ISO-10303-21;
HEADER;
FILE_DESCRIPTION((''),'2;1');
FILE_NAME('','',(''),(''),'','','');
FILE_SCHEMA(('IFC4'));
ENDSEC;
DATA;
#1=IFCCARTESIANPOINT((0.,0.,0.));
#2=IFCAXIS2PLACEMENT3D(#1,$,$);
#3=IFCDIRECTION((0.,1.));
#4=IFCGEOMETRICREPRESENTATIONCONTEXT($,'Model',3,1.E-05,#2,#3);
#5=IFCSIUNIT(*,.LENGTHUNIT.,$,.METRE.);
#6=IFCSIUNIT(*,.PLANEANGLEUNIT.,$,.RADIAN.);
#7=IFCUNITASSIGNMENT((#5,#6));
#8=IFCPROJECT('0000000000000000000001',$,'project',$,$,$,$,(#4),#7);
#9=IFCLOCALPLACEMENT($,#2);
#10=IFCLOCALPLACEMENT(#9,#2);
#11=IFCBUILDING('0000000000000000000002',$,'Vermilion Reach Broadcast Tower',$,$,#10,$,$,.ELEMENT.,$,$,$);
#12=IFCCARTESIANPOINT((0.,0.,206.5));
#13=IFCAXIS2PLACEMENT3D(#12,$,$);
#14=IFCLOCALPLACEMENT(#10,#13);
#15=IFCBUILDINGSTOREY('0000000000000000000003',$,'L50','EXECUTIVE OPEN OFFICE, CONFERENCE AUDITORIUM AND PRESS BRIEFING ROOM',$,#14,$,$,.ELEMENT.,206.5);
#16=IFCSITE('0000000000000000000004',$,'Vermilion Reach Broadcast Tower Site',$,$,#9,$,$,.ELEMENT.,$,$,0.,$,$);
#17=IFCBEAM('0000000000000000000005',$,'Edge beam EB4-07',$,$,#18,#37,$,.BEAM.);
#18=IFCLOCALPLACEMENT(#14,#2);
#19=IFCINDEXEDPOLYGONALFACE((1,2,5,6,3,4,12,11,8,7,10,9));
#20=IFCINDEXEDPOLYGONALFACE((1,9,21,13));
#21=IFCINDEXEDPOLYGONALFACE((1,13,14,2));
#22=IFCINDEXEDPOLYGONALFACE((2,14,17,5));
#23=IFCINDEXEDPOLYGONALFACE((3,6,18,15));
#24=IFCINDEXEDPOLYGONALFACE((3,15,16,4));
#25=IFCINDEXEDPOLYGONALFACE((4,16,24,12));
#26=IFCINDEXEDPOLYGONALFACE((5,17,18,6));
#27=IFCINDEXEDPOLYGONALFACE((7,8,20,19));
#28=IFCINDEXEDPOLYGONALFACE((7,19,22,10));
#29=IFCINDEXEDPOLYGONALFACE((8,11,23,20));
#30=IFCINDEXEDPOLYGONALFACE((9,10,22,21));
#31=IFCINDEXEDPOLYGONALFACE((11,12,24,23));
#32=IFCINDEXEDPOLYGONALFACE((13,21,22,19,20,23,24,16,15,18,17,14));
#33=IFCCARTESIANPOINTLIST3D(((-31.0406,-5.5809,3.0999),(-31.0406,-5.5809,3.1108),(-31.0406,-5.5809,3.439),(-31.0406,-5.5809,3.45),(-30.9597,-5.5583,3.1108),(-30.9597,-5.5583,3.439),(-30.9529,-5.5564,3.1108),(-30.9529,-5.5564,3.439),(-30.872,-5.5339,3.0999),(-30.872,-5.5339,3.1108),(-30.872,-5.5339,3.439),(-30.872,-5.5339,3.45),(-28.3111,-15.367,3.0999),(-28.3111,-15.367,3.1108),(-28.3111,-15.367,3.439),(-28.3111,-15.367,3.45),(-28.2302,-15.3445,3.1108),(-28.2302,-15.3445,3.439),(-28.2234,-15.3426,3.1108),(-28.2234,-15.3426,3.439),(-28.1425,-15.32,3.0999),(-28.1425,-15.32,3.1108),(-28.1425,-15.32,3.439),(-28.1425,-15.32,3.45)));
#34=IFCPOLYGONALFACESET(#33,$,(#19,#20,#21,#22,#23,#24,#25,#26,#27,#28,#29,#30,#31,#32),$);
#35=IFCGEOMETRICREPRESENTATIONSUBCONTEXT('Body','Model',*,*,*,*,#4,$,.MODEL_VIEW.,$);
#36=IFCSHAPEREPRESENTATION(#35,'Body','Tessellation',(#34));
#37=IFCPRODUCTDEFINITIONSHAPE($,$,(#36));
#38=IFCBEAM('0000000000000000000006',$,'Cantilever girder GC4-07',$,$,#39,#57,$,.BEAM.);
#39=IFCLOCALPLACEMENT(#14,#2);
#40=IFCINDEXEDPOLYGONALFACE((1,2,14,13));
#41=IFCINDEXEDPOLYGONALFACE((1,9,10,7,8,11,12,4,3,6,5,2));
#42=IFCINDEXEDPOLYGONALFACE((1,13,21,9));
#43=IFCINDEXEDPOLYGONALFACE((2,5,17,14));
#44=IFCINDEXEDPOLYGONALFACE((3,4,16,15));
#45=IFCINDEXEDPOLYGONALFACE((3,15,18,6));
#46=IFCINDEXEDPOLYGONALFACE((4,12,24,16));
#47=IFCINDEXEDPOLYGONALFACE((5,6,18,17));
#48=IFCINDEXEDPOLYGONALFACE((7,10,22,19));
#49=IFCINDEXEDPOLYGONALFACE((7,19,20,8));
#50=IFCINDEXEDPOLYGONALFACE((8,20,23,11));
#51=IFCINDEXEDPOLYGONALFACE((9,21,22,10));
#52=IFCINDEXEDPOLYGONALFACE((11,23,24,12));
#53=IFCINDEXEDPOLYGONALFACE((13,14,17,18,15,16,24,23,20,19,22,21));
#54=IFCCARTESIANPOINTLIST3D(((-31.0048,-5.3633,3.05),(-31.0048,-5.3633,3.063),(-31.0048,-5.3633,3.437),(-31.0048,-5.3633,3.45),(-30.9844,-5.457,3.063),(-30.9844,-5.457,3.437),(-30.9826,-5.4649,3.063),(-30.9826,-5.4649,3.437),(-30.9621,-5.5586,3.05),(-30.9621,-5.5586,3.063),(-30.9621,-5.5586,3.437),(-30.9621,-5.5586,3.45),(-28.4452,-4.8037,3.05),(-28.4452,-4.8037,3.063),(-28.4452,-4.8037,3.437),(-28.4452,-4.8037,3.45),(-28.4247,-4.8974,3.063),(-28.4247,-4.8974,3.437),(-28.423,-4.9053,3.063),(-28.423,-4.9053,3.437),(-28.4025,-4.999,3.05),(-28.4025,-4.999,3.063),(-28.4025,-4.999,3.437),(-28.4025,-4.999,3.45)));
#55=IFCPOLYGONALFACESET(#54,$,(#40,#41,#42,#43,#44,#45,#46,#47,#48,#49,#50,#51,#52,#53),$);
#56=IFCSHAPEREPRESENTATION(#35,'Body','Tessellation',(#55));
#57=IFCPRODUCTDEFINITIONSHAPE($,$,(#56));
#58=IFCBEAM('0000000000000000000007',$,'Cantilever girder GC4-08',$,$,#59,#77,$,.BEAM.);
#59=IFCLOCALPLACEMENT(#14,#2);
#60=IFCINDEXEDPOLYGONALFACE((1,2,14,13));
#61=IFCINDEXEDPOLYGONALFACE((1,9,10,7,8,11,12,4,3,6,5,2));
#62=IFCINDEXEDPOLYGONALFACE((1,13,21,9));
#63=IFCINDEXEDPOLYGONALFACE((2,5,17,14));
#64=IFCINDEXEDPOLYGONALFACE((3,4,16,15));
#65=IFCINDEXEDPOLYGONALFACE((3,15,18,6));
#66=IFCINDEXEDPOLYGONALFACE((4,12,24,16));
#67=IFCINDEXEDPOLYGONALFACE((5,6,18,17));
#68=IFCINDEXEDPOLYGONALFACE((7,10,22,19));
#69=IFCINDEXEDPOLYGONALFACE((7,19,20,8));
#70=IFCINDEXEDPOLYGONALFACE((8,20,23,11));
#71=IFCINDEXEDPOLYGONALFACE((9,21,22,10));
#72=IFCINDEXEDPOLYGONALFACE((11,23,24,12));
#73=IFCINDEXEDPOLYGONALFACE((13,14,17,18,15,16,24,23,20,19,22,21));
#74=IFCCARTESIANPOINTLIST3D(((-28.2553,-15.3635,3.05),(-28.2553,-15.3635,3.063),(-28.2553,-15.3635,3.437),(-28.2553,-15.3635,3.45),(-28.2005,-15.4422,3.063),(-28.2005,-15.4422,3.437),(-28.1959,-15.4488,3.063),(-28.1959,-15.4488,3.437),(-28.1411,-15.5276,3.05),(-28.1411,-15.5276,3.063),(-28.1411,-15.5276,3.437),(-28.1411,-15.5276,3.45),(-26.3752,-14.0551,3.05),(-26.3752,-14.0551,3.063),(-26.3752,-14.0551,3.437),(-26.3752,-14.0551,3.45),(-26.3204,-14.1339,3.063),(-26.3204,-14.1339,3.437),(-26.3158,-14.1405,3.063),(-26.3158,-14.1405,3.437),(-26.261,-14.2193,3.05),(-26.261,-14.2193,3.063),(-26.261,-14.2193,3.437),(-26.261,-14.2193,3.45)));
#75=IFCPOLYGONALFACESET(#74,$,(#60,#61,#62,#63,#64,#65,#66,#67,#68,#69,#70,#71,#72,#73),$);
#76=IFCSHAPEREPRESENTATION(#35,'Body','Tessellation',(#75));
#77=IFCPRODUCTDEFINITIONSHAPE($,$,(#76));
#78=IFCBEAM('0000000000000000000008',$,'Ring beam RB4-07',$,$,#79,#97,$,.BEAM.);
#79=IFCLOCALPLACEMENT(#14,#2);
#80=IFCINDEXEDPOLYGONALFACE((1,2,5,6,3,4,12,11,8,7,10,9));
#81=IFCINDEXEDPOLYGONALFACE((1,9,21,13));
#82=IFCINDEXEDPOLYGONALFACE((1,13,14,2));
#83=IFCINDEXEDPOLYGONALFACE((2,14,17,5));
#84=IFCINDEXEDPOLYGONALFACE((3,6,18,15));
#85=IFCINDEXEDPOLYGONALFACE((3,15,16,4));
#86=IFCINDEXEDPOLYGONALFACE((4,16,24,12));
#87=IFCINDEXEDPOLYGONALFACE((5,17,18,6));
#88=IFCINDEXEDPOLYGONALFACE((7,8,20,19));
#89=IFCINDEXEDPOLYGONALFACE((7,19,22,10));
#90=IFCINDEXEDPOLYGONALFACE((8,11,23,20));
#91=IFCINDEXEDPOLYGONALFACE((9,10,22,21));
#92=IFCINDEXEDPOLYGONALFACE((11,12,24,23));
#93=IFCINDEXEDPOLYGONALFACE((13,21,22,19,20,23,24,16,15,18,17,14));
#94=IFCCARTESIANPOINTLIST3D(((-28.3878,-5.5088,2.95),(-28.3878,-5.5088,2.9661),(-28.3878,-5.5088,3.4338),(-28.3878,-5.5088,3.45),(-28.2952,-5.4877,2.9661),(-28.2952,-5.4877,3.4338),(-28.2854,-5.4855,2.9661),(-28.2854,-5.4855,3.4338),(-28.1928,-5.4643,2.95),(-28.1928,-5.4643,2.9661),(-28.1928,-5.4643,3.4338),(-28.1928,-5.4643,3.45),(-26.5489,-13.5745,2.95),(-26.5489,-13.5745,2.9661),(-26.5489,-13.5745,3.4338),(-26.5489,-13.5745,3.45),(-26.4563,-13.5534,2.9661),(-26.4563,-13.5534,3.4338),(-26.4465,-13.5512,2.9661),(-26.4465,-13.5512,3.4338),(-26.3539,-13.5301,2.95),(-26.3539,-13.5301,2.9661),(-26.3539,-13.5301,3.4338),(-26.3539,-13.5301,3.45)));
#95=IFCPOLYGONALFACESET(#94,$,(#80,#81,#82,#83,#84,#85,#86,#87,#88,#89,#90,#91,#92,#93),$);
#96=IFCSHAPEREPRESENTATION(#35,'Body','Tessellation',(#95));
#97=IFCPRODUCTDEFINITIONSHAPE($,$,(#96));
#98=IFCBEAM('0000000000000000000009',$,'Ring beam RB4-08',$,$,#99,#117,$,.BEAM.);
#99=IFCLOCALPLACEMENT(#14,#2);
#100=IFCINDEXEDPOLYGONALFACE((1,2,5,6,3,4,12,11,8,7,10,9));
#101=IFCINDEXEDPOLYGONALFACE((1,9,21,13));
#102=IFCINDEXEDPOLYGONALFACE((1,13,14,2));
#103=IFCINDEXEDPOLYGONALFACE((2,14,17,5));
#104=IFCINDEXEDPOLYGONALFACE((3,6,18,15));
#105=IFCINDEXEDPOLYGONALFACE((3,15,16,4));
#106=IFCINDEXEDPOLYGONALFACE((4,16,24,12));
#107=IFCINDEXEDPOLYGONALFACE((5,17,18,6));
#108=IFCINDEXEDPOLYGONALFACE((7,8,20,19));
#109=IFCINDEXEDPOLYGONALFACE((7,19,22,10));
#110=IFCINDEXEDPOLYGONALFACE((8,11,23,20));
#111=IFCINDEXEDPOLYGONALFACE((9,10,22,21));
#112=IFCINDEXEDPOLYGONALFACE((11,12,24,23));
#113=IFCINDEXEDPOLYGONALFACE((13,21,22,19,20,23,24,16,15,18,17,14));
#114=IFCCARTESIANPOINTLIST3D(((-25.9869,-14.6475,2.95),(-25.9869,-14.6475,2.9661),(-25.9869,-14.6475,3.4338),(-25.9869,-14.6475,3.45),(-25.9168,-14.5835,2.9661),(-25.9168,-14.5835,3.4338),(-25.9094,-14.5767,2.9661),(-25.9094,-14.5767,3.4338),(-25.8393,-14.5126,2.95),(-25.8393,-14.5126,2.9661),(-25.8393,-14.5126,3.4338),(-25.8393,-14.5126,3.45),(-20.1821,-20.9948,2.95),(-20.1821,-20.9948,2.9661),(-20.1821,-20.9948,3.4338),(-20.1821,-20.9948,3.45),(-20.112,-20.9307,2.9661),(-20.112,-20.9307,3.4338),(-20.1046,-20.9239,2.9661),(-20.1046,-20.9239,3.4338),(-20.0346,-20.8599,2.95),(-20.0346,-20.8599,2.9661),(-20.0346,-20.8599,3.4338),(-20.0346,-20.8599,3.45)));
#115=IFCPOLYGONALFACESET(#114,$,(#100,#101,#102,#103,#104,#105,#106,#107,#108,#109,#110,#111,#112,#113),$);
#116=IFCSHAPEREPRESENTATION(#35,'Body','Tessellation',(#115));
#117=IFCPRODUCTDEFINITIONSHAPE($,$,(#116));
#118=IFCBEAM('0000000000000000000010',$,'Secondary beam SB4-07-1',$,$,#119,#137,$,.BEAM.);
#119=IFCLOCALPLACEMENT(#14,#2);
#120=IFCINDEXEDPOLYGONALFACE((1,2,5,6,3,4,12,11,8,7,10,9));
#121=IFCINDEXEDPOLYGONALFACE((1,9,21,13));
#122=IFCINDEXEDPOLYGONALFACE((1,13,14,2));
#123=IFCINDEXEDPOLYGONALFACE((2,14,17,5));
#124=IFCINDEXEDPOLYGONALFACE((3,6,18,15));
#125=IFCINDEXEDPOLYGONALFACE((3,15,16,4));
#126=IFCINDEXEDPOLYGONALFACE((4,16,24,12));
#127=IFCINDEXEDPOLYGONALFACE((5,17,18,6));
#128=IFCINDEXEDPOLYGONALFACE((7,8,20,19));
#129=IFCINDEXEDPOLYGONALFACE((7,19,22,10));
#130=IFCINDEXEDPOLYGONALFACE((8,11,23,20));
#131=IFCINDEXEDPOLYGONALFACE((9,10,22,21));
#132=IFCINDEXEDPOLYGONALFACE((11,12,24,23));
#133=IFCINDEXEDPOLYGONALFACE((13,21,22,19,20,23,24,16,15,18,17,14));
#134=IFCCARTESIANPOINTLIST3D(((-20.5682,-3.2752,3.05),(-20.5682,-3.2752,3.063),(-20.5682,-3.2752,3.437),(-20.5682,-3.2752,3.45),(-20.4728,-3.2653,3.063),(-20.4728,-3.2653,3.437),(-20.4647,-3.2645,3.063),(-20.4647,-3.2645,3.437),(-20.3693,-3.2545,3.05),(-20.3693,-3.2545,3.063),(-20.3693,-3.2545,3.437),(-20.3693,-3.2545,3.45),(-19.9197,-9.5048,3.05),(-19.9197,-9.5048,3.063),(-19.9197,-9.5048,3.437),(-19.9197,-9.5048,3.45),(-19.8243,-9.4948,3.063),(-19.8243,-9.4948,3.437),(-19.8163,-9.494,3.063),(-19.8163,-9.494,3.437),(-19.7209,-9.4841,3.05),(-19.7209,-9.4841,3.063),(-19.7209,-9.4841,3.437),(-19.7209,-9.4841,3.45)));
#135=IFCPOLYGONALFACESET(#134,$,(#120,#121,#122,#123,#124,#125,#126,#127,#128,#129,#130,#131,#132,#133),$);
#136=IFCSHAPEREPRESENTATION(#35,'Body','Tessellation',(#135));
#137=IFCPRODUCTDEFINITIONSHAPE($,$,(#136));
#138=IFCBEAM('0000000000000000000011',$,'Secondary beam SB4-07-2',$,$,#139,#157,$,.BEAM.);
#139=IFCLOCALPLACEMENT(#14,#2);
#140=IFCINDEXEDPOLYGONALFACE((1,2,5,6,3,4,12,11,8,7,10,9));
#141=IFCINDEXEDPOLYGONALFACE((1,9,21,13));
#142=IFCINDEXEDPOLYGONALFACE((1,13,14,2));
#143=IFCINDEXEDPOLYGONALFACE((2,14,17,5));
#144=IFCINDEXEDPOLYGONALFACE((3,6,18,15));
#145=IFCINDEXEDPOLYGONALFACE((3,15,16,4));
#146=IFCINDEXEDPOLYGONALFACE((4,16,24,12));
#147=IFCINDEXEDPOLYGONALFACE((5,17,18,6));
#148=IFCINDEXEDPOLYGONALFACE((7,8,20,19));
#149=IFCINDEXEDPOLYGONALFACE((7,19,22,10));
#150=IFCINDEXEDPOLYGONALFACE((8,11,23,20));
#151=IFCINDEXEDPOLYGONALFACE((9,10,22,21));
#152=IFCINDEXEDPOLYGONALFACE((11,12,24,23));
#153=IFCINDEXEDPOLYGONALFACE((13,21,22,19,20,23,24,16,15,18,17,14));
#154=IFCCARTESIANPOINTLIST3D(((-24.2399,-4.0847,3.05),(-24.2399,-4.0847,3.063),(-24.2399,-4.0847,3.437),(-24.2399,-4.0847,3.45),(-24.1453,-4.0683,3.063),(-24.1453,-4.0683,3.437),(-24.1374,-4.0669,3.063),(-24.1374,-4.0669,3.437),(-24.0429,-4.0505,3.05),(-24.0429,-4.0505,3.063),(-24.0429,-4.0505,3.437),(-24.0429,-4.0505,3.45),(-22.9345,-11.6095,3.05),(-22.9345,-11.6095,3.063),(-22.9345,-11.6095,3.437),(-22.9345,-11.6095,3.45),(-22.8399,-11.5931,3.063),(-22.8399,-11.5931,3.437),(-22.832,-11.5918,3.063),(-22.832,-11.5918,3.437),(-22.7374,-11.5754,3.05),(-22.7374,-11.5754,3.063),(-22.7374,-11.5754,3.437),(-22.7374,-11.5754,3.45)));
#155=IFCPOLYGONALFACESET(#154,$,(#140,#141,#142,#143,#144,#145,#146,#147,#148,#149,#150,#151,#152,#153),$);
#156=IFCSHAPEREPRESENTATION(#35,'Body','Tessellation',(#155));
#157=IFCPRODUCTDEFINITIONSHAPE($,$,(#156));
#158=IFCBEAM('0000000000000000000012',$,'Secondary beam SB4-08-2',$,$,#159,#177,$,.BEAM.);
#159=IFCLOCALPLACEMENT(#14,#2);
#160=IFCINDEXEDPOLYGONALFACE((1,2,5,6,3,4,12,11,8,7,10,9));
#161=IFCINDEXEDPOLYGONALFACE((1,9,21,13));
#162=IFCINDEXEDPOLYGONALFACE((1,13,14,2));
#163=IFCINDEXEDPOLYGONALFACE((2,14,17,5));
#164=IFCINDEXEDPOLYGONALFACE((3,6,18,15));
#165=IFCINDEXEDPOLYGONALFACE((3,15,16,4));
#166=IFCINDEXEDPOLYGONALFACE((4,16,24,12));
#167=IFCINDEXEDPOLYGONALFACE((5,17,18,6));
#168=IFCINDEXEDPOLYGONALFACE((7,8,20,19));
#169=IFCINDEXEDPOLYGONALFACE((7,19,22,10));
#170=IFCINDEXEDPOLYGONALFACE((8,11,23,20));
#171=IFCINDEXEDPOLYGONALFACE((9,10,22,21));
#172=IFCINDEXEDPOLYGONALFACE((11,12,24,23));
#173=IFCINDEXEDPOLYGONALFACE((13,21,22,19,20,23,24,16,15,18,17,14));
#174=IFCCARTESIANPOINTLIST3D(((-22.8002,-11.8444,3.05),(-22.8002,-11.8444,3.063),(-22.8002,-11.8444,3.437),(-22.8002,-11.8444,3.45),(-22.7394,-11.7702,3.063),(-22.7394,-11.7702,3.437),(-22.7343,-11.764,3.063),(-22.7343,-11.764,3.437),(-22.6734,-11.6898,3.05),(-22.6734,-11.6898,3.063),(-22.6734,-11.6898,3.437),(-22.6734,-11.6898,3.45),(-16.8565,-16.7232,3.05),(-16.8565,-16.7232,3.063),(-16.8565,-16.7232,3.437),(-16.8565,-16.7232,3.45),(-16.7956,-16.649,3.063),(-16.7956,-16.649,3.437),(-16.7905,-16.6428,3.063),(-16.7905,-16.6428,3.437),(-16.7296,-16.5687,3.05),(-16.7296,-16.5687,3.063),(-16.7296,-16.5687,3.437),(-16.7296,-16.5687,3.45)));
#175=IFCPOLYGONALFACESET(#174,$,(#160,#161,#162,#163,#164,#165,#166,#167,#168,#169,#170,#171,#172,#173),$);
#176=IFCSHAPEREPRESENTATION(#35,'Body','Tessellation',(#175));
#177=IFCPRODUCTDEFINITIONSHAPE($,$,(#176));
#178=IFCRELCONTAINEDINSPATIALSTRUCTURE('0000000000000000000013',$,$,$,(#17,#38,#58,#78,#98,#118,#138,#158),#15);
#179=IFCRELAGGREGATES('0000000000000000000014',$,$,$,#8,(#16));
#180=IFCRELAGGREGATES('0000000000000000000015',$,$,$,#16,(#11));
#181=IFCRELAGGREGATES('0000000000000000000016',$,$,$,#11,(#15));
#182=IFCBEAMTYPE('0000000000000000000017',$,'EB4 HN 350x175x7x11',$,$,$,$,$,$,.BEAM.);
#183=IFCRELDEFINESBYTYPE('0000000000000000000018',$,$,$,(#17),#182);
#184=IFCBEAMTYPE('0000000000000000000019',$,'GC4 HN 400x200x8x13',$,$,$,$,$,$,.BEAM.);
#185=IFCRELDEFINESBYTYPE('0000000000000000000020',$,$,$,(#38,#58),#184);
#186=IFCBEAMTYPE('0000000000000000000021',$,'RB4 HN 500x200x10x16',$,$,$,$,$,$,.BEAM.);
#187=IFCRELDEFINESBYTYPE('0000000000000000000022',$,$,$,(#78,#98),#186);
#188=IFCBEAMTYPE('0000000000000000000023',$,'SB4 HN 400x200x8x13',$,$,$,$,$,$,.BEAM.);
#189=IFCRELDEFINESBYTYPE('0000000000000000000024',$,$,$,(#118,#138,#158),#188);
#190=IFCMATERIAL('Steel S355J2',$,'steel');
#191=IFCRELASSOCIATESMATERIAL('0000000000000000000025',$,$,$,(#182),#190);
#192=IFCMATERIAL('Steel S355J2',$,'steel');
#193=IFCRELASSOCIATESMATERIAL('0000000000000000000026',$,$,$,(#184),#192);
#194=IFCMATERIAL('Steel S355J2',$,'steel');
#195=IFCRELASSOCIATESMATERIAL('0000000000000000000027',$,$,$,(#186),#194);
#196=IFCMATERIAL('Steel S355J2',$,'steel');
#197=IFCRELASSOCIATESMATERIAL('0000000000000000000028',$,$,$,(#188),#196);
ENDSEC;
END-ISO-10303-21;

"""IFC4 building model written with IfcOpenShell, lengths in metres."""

from ifc_helpers import new_model, si_unit, direction, frame, origin, origin_2d, place, context, subcontext, project, spatial, i_section, extrude, material, material_profile, profile_set, type_object, element, save


model = new_model("IFC4")

# Units and contexts
model_context = context("Model", 3, precision=1e-05, world=origin(), true_north=direction((0.0, 1.0)))
body_context = subcontext(model_context, "Body", "Model", "MODEL_VIEW")
ifc_project = project(units=[si_unit("LENGTHUNIT", "METRE"), si_unit("PLANEANGLEUNIT", "RADIAN")], contexts=[model_context])

# Site, building, storey
site_placement = place(None, origin())
site = spatial("IfcSite", under=ifc_project, at=site_placement, Name="Vermilion Reach Broadcast Tower Site", CompositionType="ELEMENT", RefElevation=0.0)
building_placement = place(site_placement, origin())
building = spatial("IfcBuilding", under=site, at=building_placement, Name="Vermilion Reach Broadcast Tower", CompositionType="ELEMENT")
storey_placement = place(building_placement, frame((0.0, 0.0, 206.5)))
storey = spatial("IfcBuildingStorey", under=building, at=storey_placement, Name="L50", Description="EXECUTIVE OPEN OFFICE, CONFERENCE AUDITORIUM AND PRESS BRIEFING ROOM", CompositionType="ELEMENT", Elevation=206.5)

# Beams
ifc_material_1 = material(Name="Steel S355J2", Category="steel")
ifc_material_profile_1 = material_profile(ifc_material_1, i_section(OverallWidth=0.175, OverallDepth=0.3501, WebThickness=0.0071, FlangeThickness=0.011, at=origin_2d()), Name="S355J2 HN 350x175x7x11")
ifc_profile_set_1 = profile_set([ifc_material_profile_1], Name="Steel S355J2")
beam_type_1 = type_object("IfcBeamType", Name="EB4 HN 350x175x7x11", PredefinedType="BEAM", material=ifc_profile_set_1)
beam_1_placement = place(storey_placement, frame((-30.9563, -5.5574, 3.2749), z_axis=(0.26866, -0.963235, 0.0), x_axis=(0.963235, 0.26866, 0.0)))
element("IfcBeam", 1, at=beam_1_placement, inside=storey, type_object=beam_type_1, Name="Edge beam EB4-07", PredefinedType="BEAM", context=body_context, shape_type="SweptSolid", body=[
    extrude(i_section(OverallWidth=0.175, OverallDepth=0.3501, WebThickness=0.0071, FlangeThickness=0.011, at=origin_2d()), origin(), (0.0, 0.0, 1.0), 10.1597),
])
ifc_material_2 = material(Name="Steel S355J2", Category="steel")
ifc_material_profile_2 = material_profile(ifc_material_2, i_section(OverallWidth=0.2, OverallDepth=0.3999, WebThickness=0.0081, FlangeThickness=0.0129, at=origin_2d()), Name="S355J2 HN 400x200x8x13")
ifc_profile_set_2 = profile_set([ifc_material_profile_2], Name="Steel S355J2")
beam_type_2 = type_object("IfcBeamType", Name="GC4 HN 400x200x8x13", PredefinedType="BEAM", material=ifc_profile_set_2)
beam_2_placement = place(storey_placement, frame((-28.4238, -4.9014, 3.25), z_axis=(-0.976927, -0.213575, 0.0), x_axis=(0.213575, -0.976927, 0.0)))
element("IfcBeam", 2, at=beam_2_placement, inside=storey, type_object=beam_type_2, Name="Cantilever girder GC4-07", PredefinedType="BEAM", context=body_context, shape_type="SweptSolid", body=[
    extrude(i_section(OverallWidth=0.2, OverallDepth=0.3999, WebThickness=0.0081, FlangeThickness=0.0129, at=origin_2d()), origin(), (0.0, 0.0, 1.0), 2.6201),
])
beam_3_placement = place(storey_placement, frame((-26.3181, -14.1372, 3.25), z_axis=(-0.820816, -0.571193, 0.0), x_axis=(0.571193, -0.820816, 0.0)))
element("IfcBeam", 3, at=beam_3_placement, inside=storey, type_object=beam_type_2, Name="Cantilever girder GC4-08", PredefinedType="BEAM", context=body_context, shape_type="SweptSolid", body=[
    extrude(i_section(OverallWidth=0.2, OverallDepth=0.3999, WebThickness=0.0081, FlangeThickness=0.0129, at=origin_2d()), origin(), (0.0, 0.0, 1.0), 2.2905),
])
ifc_material_3 = material(Name="Steel S355J2", Category="steel")
ifc_material_profile_3 = material_profile(ifc_material_3, i_section(OverallWidth=0.2, OverallDepth=0.5, WebThickness=0.01, FlangeThickness=0.0161, at=origin_2d()), Name="S355J2 HN 500x200x10x16")
ifc_profile_set_3 = profile_set([ifc_material_profile_3], Name="Steel S355J2")
beam_type_3 = type_object("IfcBeamType", Name="RB4 HN 500x200x10x16", PredefinedType="BEAM", material=ifc_profile_set_3)
beam_4_placement = place(storey_placement, frame((-28.2903, -5.4866, 3.2), z_axis=(0.222283, -0.974982, 0.0), x_axis=(0.974982, 0.222283, 0.0)))
element("IfcBeam", 4, at=beam_4_placement, inside=storey, type_object=beam_type_3, Name="Ring beam RB4-07", PredefinedType="BEAM", context=body_context, shape_type="SweptSolid", body=[
    extrude(i_section(OverallWidth=0.2, OverallDepth=0.5, WebThickness=0.01, FlangeThickness=0.0161, at=origin_2d()), origin(), (0.0, 0.0, 1.0), 8.2727),
])
beam_5_placement = place(storey_placement, frame((-25.9131, -14.5801, 3.2), z_axis=(0.674868, -0.737938, 0.0), x_axis=(0.737938, 0.674868, 0.0)))
element("IfcBeam", 5, at=beam_5_placement, inside=storey, type_object=beam_type_3, Name="Ring beam RB4-08", PredefinedType="BEAM", context=body_context, shape_type="SweptSolid", body=[
    extrude(i_section(OverallWidth=0.2, OverallDepth=0.5, WebThickness=0.01, FlangeThickness=0.0161, at=origin_2d()), origin(), (0.0, 0.0, 1.0), 8.6013),
])
ifc_material_4 = material(Name="Steel S355J2", Category="steel")
ifc_material_profile_4 = material_profile(ifc_material_4, i_section(OverallWidth=0.2, OverallDepth=0.3999, WebThickness=0.0081, FlangeThickness=0.0129, at=origin_2d()), Name="S355J2 HN 400x200x8x13")
ifc_profile_set_4 = profile_set([ifc_material_profile_4], Name="Steel S355J2")
beam_type_4 = type_object("IfcBeamType", Name="SB4 HN 400x200x8x13", PredefinedType="BEAM", material=ifc_profile_set_4)
beam_6_placement = place(storey_placement, frame((-20.4688, -3.2649, 3.25), z_axis=(0.103532, -0.994626, 0.0), x_axis=(0.994626, 0.103532, 0.0)))
element("IfcBeam", 6, at=beam_6_placement, inside=storey, type_object=beam_type_4, Name="Secondary beam SB4-07-1", PredefinedType="BEAM", context=body_context, shape_type="SweptSolid", body=[
    extrude(i_section(OverallWidth=0.2, OverallDepth=0.3999, WebThickness=0.0081, FlangeThickness=0.0129, at=origin_2d()), origin(), (0.0, 0.0, 1.0), 6.2632),
])
beam_7_placement = place(storey_placement, frame((-24.1414, -4.0676, 3.25), z_axis=(0.170927, -0.985284, 0.0), x_axis=(0.985284, 0.170927, 0.0)))
element("IfcBeam", 7, at=beam_7_placement, inside=storey, type_object=beam_type_4, Name="Secondary beam SB4-07-2", PredefinedType="BEAM", context=body_context, shape_type="SweptSolid", body=[
    extrude(i_section(OverallWidth=0.2, OverallDepth=0.3999, WebThickness=0.0081, FlangeThickness=0.0129, at=origin_2d()), origin(), (0.0, 0.0, 1.0), 7.6372),
])
beam_8_placement = place(storey_placement, frame((-22.7368, -11.7671, 3.25), z_axis=(0.772952, -0.634465, 0.0), x_axis=(0.634465, 0.772952, 0.0)))
element("IfcBeam", 8, at=beam_8_placement, inside=storey, type_object=beam_type_4, Name="Secondary beam SB4-08-2", PredefinedType="BEAM", context=body_context, shape_type="SweptSolid", body=[
    extrude(i_section(OverallWidth=0.2, OverallDepth=0.3999, WebThickness=0.0081, FlangeThickness=0.0129, at=origin_2d()), origin(), (0.0, 0.0, 1.0), 7.6897),
])

save(model, "model.ifc")
